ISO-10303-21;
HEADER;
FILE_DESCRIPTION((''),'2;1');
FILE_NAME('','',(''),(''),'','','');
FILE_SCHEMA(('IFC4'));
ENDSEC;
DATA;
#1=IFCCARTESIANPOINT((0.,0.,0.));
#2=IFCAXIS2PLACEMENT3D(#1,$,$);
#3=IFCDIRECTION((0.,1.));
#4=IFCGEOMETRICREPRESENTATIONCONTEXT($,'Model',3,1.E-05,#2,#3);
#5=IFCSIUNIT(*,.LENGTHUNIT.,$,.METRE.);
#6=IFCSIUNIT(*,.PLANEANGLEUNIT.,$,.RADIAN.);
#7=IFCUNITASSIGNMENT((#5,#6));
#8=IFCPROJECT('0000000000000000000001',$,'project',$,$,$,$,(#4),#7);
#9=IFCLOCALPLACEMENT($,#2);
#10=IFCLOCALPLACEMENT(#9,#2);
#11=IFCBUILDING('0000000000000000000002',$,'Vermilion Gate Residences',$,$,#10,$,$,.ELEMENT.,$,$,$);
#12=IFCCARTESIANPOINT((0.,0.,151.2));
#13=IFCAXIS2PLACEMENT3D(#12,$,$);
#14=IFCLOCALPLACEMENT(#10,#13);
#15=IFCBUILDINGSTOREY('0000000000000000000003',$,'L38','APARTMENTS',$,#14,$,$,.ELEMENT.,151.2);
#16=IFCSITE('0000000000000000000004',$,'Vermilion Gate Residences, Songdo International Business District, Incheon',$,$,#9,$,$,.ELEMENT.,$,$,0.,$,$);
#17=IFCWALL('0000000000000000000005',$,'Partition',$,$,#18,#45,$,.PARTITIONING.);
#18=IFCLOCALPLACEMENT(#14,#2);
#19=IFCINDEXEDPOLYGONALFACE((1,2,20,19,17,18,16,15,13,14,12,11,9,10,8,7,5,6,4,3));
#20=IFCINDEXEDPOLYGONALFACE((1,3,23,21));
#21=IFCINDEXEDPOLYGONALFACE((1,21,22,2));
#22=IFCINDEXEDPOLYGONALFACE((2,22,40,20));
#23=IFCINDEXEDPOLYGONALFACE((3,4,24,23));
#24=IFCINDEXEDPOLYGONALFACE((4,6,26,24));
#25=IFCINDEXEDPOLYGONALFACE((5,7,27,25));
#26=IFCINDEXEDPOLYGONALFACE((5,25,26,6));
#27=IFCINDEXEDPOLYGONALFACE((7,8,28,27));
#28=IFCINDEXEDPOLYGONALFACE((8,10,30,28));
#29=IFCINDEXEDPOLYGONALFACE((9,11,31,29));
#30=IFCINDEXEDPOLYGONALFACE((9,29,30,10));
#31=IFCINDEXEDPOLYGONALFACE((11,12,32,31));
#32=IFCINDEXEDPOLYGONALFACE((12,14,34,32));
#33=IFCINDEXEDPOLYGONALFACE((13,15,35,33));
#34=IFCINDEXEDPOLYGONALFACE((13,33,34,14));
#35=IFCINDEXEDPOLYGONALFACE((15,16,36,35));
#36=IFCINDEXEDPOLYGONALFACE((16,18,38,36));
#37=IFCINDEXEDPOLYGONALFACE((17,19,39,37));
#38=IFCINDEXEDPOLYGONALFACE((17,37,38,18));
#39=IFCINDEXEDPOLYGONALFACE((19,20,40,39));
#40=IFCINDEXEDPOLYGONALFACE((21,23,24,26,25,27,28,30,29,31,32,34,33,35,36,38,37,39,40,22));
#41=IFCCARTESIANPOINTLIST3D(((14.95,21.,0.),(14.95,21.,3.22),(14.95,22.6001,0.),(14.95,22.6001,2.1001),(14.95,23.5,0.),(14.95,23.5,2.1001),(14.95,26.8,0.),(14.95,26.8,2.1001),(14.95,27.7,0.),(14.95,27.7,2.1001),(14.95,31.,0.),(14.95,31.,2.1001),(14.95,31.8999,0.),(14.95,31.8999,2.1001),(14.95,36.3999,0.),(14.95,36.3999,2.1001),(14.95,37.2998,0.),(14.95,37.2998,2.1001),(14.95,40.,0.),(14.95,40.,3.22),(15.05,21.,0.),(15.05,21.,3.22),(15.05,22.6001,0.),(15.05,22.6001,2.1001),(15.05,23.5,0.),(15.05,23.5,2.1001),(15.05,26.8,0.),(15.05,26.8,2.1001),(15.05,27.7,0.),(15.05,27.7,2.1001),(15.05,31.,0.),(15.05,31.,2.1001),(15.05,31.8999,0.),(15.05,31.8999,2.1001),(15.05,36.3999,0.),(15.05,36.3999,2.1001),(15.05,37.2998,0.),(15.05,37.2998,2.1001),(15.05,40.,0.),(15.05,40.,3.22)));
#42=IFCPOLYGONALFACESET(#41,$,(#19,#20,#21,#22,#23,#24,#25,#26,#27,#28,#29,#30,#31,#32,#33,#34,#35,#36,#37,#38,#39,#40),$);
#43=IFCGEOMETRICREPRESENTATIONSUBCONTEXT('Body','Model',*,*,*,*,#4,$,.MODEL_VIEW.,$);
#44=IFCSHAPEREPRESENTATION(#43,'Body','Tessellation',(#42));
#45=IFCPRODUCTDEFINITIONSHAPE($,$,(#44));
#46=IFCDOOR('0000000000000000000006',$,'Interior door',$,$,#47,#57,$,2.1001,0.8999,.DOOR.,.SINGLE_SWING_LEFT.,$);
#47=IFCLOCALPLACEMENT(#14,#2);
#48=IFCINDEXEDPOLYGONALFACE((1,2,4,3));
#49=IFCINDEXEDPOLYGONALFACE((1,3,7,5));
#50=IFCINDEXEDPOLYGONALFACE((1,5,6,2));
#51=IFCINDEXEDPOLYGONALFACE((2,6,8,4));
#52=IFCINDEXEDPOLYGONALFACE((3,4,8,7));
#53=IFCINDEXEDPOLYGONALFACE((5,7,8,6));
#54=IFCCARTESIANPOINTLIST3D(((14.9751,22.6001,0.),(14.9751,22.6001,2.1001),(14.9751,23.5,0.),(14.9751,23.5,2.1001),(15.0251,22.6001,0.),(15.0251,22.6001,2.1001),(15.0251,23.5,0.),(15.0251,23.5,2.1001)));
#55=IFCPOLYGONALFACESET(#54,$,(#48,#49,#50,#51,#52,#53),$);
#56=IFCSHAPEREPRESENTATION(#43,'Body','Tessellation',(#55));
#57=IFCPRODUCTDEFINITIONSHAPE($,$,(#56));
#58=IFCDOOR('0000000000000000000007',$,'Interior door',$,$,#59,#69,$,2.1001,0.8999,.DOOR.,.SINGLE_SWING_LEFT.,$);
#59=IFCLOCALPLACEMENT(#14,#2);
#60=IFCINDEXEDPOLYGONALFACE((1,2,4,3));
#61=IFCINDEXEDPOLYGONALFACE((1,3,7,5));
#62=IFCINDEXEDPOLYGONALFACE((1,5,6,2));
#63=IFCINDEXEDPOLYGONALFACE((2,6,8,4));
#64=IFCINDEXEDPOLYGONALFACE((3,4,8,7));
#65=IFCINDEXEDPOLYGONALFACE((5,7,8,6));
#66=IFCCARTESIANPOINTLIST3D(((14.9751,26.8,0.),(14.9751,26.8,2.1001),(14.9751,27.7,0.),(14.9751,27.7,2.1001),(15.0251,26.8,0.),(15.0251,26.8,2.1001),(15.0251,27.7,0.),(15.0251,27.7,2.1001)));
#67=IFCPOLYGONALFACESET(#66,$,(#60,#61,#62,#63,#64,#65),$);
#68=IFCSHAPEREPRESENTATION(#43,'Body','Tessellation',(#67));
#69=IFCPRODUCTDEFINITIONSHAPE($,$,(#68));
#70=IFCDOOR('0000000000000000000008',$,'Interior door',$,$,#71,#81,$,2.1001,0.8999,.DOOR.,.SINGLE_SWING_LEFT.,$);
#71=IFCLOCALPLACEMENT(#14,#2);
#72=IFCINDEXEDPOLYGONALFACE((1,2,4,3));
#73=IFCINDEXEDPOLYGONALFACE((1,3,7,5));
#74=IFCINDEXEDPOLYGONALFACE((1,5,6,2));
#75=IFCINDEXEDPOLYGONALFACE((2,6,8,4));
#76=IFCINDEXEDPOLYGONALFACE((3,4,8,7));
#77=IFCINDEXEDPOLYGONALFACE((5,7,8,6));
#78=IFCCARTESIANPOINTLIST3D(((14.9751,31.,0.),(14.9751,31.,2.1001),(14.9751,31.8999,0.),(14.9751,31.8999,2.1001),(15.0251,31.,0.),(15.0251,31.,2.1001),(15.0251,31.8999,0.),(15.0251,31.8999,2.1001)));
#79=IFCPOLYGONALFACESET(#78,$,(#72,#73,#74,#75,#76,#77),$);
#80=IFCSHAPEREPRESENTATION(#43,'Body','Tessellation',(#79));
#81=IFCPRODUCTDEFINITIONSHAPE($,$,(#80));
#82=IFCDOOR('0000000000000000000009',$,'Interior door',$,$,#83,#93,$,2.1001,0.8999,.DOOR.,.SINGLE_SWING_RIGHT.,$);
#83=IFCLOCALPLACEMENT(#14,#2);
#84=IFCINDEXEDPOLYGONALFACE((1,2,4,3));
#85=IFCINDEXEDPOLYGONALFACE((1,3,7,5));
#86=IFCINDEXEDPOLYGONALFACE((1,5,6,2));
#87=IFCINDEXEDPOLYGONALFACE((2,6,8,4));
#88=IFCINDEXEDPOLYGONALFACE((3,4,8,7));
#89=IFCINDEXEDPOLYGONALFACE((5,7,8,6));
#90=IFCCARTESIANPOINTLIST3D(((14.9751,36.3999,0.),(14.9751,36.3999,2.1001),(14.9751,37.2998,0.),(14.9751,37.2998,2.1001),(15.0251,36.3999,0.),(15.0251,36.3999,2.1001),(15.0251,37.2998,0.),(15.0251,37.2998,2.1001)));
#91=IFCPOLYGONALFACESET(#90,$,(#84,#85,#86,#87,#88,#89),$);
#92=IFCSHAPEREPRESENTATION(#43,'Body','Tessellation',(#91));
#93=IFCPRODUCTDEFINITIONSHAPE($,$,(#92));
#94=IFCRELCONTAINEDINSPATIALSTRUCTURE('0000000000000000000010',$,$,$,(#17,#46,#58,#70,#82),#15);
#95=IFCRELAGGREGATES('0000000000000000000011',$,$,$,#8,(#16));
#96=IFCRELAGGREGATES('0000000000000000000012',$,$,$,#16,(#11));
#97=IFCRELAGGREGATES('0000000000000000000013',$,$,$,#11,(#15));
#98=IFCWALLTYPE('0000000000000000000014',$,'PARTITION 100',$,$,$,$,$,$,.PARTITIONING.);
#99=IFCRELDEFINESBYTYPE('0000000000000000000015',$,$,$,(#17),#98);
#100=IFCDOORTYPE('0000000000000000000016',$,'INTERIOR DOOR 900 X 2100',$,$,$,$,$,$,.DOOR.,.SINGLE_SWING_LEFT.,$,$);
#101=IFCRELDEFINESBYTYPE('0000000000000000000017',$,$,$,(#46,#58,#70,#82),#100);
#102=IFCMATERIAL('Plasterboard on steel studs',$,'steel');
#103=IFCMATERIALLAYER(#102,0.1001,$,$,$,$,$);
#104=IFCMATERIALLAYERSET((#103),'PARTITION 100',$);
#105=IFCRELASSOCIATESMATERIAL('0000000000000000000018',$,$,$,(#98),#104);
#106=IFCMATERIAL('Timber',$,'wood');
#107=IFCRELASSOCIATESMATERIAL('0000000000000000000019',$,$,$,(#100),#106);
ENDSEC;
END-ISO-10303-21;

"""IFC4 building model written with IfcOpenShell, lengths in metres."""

from ifc_helpers import new_model, si_unit, direction, frame, frame_2d, origin, place, context, subcontext, project, spatial, rectangle, extrude, material, layer, layer_set, type_object, element, fill, save


model = new_model("IFC4")

# Units and contexts
model_context = context("Model", 3, precision=1e-05, world=origin(), true_north=direction((0.0, 1.0)))
body_context = subcontext(model_context, "Body", "Model", "MODEL_VIEW")
ifc_project = project(units=[si_unit("LENGTHUNIT", "METRE"), si_unit("PLANEANGLEUNIT", "RADIAN")], contexts=[model_context])

# Site, building, storey
site_placement = place(None, origin())
site = spatial("IfcSite", under=ifc_project, at=site_placement, Name="Vermilion Gate Residences, Songdo International Business District, Incheon", CompositionType="ELEMENT", RefElevation=0.0)
building_placement = place(site_placement, origin())
building = spatial("IfcBuilding", under=site, at=building_placement, Name="Vermilion Gate Residences", CompositionType="ELEMENT")
storey_placement = place(building_placement, frame((0.0, 0.0, 151.2)))
storey = spatial("IfcBuildingStorey", under=building, at=storey_placement, Name="L38", Description="APARTMENTS", CompositionType="ELEMENT", Elevation=151.2)

# Wall, openings, doors
ifc_material_1 = material(Name="Plasterboard on steel studs", Category="steel")
ifc_layer_1 = layer(ifc_material_1, 0.1001)
ifc_layer_set_1 = layer_set([ifc_layer_1], Name="PARTITION 100")
wall_type_1 = type_object("IfcWallType", Name="PARTITION 100", PredefinedType="PARTITIONING", material=ifc_layer_set_1)
wall_1_placement = place(storey_placement, frame((15.0, 21.0, 0.0), z_axis=(0.0, 0.0, 1.0), x_axis=(0.0, 1.0, 0.0)))
wall_1 = element("IfcWall", 1, at=wall_1_placement, inside=storey, type_object=wall_type_1, Name="Partition", PredefinedType="PARTITIONING", context=body_context, shape_type="SweptSolid", body=[
    extrude(rectangle(XDim=19.0, YDim=0.1001, at=frame_2d((9.5, 0.0))), origin(), (0.0, 0.0, 1.0), 3.22),
])
opening_1_placement = place(wall_1_placement, frame((1.6001, 0.0, 0.0)))
opening_1 = element("IfcOpeningElement", 2, at=opening_1_placement, cuts=wall_1, PredefinedType="OPENING", context=body_context, shape_type="SweptSolid", body=[
    extrude(rectangle(XDim=0.8999, YDim=2.1001, at=frame_2d((0.45, 1.05))), frame((0.0, 0.0601, 0.0), z_axis=(0.0, -1.0, 0.0), x_axis=(1.0, 0.0, 0.0)), (0.0, 0.0, 1.0), 0.1201),
])
opening_2_placement = place(wall_1_placement, frame((5.8, 0.0, 0.0)))
opening_2 = element("IfcOpeningElement", 3, at=opening_2_placement, cuts=wall_1, PredefinedType="OPENING", context=body_context, shape_type="SweptSolid", body=[
    extrude(rectangle(XDim=0.8999, YDim=2.1001, at=frame_2d((0.45, 1.05))), frame((0.0, 0.0601, 0.0), z_axis=(0.0, -1.0, 0.0), x_axis=(1.0, 0.0, 0.0)), (0.0, 0.0, 1.0), 0.1201),
])
opening_3_placement = place(wall_1_placement, frame((10.0, 0.0, 0.0)))
opening_3 = element("IfcOpeningElement", 4, at=opening_3_placement, cuts=wall_1, PredefinedType="OPENING", context=body_context, shape_type="SweptSolid", body=[
    extrude(rectangle(XDim=0.8999, YDim=2.1001, at=frame_2d((0.45, 1.05))), frame((0.0, 0.0601, 0.0), z_axis=(0.0, -1.0, 0.0), x_axis=(1.0, 0.0, 0.0)), (0.0, 0.0, 1.0), 0.1201),
])
opening_4_placement = place(wall_1_placement, frame((15.3999, 0.0, 0.0)))
opening_4 = element("IfcOpeningElement", 5, at=opening_4_placement, cuts=wall_1, PredefinedType="OPENING", context=body_context, shape_type="SweptSolid", body=[
    extrude(rectangle(XDim=0.8999, YDim=2.1001, at=frame_2d((0.45, 1.05))), frame((0.0, 0.0601, 0.0), z_axis=(0.0, -1.0, 0.0), x_axis=(1.0, 0.0, 0.0)), (0.0, 0.0, 1.0), 0.1201),
])
ifc_material_2 = material(Name="Timber", Category="wood")
door_type = type_object("IfcDoorType", Name="INTERIOR DOOR 900 X 2100", OperationType="SINGLE_SWING_LEFT", PredefinedType="DOOR", material=ifc_material_2)
door_1_placement = place(opening_1_placement, origin())
door_1 = element("IfcDoor", 6, at=door_1_placement, inside=storey, type_object=door_type, Name="Interior door", OperationType="SINGLE_SWING_LEFT", OverallHeight=2.1001, OverallWidth=0.8999, PredefinedType="DOOR", context=body_context, shape_type="SweptSolid", body=[
    extrude(rectangle(XDim=0.8999, YDim=2.1001, at=frame_2d((0.45, 1.05))), frame((0.0, 0.0249, 0.0), z_axis=(0.0, -1.0, 0.0), x_axis=(1.0, 0.0, 0.0)), (0.0, 0.0, 1.0), 0.05),
])
fill(opening_1, door_1)
door_2_placement = place(opening_2_placement, origin())
door_2 = element("IfcDoor", 7, at=door_2_placement, inside=storey, type_object=door_type, Name="Interior door", OperationType="SINGLE_SWING_LEFT", OverallHeight=2.1001, OverallWidth=0.8999, PredefinedType="DOOR", context=body_context, shape_type="SweptSolid", body=[
    extrude(rectangle(XDim=0.8999, YDim=2.1001, at=frame_2d((0.45, 1.05))), frame((0.0, 0.0249, 0.0), z_axis=(0.0, -1.0, 0.0), x_axis=(1.0, 0.0, 0.0)), (0.0, 0.0, 1.0), 0.05),
])
fill(opening_2, door_2)
door_3_placement = place(opening_3_placement, origin())
door_3 = element("IfcDoor", 8, at=door_3_placement, inside=storey, type_object=door_type, Name="Interior door", OperationType="SINGLE_SWING_LEFT", OverallHeight=2.1001, OverallWidth=0.8999, PredefinedType="DOOR", context=body_context, shape_type="SweptSolid", body=[
    extrude(rectangle(XDim=0.8999, YDim=2.1001, at=frame_2d((0.45, 1.05))), frame((0.0, 0.0249, 0.0), z_axis=(0.0, -1.0, 0.0), x_axis=(1.0, 0.0, 0.0)), (0.0, 0.0, 1.0), 0.05),
])
fill(opening_3, door_3)
door_4_placement = place(opening_4_placement, origin())
door_4 = element("IfcDoor", 9, at=door_4_placement, inside=storey, type_object=door_type, Name="Interior door", OperationType="SINGLE_SWING_RIGHT", OverallHeight=2.1001, OverallWidth=0.8999, PredefinedType="DOOR", context=body_context, shape_type="SweptSolid", body=[
    extrude(rectangle(XDim=0.8999, YDim=2.1001, at=frame_2d((0.45, 1.05))), frame((0.0, 0.0249, 0.0), z_axis=(0.0, -1.0, 0.0), x_axis=(1.0, 0.0, 0.0)), (0.0, 0.0, 1.0), 0.05),
])
fill(opening_4, door_4)

save(model, "model.ifc")
